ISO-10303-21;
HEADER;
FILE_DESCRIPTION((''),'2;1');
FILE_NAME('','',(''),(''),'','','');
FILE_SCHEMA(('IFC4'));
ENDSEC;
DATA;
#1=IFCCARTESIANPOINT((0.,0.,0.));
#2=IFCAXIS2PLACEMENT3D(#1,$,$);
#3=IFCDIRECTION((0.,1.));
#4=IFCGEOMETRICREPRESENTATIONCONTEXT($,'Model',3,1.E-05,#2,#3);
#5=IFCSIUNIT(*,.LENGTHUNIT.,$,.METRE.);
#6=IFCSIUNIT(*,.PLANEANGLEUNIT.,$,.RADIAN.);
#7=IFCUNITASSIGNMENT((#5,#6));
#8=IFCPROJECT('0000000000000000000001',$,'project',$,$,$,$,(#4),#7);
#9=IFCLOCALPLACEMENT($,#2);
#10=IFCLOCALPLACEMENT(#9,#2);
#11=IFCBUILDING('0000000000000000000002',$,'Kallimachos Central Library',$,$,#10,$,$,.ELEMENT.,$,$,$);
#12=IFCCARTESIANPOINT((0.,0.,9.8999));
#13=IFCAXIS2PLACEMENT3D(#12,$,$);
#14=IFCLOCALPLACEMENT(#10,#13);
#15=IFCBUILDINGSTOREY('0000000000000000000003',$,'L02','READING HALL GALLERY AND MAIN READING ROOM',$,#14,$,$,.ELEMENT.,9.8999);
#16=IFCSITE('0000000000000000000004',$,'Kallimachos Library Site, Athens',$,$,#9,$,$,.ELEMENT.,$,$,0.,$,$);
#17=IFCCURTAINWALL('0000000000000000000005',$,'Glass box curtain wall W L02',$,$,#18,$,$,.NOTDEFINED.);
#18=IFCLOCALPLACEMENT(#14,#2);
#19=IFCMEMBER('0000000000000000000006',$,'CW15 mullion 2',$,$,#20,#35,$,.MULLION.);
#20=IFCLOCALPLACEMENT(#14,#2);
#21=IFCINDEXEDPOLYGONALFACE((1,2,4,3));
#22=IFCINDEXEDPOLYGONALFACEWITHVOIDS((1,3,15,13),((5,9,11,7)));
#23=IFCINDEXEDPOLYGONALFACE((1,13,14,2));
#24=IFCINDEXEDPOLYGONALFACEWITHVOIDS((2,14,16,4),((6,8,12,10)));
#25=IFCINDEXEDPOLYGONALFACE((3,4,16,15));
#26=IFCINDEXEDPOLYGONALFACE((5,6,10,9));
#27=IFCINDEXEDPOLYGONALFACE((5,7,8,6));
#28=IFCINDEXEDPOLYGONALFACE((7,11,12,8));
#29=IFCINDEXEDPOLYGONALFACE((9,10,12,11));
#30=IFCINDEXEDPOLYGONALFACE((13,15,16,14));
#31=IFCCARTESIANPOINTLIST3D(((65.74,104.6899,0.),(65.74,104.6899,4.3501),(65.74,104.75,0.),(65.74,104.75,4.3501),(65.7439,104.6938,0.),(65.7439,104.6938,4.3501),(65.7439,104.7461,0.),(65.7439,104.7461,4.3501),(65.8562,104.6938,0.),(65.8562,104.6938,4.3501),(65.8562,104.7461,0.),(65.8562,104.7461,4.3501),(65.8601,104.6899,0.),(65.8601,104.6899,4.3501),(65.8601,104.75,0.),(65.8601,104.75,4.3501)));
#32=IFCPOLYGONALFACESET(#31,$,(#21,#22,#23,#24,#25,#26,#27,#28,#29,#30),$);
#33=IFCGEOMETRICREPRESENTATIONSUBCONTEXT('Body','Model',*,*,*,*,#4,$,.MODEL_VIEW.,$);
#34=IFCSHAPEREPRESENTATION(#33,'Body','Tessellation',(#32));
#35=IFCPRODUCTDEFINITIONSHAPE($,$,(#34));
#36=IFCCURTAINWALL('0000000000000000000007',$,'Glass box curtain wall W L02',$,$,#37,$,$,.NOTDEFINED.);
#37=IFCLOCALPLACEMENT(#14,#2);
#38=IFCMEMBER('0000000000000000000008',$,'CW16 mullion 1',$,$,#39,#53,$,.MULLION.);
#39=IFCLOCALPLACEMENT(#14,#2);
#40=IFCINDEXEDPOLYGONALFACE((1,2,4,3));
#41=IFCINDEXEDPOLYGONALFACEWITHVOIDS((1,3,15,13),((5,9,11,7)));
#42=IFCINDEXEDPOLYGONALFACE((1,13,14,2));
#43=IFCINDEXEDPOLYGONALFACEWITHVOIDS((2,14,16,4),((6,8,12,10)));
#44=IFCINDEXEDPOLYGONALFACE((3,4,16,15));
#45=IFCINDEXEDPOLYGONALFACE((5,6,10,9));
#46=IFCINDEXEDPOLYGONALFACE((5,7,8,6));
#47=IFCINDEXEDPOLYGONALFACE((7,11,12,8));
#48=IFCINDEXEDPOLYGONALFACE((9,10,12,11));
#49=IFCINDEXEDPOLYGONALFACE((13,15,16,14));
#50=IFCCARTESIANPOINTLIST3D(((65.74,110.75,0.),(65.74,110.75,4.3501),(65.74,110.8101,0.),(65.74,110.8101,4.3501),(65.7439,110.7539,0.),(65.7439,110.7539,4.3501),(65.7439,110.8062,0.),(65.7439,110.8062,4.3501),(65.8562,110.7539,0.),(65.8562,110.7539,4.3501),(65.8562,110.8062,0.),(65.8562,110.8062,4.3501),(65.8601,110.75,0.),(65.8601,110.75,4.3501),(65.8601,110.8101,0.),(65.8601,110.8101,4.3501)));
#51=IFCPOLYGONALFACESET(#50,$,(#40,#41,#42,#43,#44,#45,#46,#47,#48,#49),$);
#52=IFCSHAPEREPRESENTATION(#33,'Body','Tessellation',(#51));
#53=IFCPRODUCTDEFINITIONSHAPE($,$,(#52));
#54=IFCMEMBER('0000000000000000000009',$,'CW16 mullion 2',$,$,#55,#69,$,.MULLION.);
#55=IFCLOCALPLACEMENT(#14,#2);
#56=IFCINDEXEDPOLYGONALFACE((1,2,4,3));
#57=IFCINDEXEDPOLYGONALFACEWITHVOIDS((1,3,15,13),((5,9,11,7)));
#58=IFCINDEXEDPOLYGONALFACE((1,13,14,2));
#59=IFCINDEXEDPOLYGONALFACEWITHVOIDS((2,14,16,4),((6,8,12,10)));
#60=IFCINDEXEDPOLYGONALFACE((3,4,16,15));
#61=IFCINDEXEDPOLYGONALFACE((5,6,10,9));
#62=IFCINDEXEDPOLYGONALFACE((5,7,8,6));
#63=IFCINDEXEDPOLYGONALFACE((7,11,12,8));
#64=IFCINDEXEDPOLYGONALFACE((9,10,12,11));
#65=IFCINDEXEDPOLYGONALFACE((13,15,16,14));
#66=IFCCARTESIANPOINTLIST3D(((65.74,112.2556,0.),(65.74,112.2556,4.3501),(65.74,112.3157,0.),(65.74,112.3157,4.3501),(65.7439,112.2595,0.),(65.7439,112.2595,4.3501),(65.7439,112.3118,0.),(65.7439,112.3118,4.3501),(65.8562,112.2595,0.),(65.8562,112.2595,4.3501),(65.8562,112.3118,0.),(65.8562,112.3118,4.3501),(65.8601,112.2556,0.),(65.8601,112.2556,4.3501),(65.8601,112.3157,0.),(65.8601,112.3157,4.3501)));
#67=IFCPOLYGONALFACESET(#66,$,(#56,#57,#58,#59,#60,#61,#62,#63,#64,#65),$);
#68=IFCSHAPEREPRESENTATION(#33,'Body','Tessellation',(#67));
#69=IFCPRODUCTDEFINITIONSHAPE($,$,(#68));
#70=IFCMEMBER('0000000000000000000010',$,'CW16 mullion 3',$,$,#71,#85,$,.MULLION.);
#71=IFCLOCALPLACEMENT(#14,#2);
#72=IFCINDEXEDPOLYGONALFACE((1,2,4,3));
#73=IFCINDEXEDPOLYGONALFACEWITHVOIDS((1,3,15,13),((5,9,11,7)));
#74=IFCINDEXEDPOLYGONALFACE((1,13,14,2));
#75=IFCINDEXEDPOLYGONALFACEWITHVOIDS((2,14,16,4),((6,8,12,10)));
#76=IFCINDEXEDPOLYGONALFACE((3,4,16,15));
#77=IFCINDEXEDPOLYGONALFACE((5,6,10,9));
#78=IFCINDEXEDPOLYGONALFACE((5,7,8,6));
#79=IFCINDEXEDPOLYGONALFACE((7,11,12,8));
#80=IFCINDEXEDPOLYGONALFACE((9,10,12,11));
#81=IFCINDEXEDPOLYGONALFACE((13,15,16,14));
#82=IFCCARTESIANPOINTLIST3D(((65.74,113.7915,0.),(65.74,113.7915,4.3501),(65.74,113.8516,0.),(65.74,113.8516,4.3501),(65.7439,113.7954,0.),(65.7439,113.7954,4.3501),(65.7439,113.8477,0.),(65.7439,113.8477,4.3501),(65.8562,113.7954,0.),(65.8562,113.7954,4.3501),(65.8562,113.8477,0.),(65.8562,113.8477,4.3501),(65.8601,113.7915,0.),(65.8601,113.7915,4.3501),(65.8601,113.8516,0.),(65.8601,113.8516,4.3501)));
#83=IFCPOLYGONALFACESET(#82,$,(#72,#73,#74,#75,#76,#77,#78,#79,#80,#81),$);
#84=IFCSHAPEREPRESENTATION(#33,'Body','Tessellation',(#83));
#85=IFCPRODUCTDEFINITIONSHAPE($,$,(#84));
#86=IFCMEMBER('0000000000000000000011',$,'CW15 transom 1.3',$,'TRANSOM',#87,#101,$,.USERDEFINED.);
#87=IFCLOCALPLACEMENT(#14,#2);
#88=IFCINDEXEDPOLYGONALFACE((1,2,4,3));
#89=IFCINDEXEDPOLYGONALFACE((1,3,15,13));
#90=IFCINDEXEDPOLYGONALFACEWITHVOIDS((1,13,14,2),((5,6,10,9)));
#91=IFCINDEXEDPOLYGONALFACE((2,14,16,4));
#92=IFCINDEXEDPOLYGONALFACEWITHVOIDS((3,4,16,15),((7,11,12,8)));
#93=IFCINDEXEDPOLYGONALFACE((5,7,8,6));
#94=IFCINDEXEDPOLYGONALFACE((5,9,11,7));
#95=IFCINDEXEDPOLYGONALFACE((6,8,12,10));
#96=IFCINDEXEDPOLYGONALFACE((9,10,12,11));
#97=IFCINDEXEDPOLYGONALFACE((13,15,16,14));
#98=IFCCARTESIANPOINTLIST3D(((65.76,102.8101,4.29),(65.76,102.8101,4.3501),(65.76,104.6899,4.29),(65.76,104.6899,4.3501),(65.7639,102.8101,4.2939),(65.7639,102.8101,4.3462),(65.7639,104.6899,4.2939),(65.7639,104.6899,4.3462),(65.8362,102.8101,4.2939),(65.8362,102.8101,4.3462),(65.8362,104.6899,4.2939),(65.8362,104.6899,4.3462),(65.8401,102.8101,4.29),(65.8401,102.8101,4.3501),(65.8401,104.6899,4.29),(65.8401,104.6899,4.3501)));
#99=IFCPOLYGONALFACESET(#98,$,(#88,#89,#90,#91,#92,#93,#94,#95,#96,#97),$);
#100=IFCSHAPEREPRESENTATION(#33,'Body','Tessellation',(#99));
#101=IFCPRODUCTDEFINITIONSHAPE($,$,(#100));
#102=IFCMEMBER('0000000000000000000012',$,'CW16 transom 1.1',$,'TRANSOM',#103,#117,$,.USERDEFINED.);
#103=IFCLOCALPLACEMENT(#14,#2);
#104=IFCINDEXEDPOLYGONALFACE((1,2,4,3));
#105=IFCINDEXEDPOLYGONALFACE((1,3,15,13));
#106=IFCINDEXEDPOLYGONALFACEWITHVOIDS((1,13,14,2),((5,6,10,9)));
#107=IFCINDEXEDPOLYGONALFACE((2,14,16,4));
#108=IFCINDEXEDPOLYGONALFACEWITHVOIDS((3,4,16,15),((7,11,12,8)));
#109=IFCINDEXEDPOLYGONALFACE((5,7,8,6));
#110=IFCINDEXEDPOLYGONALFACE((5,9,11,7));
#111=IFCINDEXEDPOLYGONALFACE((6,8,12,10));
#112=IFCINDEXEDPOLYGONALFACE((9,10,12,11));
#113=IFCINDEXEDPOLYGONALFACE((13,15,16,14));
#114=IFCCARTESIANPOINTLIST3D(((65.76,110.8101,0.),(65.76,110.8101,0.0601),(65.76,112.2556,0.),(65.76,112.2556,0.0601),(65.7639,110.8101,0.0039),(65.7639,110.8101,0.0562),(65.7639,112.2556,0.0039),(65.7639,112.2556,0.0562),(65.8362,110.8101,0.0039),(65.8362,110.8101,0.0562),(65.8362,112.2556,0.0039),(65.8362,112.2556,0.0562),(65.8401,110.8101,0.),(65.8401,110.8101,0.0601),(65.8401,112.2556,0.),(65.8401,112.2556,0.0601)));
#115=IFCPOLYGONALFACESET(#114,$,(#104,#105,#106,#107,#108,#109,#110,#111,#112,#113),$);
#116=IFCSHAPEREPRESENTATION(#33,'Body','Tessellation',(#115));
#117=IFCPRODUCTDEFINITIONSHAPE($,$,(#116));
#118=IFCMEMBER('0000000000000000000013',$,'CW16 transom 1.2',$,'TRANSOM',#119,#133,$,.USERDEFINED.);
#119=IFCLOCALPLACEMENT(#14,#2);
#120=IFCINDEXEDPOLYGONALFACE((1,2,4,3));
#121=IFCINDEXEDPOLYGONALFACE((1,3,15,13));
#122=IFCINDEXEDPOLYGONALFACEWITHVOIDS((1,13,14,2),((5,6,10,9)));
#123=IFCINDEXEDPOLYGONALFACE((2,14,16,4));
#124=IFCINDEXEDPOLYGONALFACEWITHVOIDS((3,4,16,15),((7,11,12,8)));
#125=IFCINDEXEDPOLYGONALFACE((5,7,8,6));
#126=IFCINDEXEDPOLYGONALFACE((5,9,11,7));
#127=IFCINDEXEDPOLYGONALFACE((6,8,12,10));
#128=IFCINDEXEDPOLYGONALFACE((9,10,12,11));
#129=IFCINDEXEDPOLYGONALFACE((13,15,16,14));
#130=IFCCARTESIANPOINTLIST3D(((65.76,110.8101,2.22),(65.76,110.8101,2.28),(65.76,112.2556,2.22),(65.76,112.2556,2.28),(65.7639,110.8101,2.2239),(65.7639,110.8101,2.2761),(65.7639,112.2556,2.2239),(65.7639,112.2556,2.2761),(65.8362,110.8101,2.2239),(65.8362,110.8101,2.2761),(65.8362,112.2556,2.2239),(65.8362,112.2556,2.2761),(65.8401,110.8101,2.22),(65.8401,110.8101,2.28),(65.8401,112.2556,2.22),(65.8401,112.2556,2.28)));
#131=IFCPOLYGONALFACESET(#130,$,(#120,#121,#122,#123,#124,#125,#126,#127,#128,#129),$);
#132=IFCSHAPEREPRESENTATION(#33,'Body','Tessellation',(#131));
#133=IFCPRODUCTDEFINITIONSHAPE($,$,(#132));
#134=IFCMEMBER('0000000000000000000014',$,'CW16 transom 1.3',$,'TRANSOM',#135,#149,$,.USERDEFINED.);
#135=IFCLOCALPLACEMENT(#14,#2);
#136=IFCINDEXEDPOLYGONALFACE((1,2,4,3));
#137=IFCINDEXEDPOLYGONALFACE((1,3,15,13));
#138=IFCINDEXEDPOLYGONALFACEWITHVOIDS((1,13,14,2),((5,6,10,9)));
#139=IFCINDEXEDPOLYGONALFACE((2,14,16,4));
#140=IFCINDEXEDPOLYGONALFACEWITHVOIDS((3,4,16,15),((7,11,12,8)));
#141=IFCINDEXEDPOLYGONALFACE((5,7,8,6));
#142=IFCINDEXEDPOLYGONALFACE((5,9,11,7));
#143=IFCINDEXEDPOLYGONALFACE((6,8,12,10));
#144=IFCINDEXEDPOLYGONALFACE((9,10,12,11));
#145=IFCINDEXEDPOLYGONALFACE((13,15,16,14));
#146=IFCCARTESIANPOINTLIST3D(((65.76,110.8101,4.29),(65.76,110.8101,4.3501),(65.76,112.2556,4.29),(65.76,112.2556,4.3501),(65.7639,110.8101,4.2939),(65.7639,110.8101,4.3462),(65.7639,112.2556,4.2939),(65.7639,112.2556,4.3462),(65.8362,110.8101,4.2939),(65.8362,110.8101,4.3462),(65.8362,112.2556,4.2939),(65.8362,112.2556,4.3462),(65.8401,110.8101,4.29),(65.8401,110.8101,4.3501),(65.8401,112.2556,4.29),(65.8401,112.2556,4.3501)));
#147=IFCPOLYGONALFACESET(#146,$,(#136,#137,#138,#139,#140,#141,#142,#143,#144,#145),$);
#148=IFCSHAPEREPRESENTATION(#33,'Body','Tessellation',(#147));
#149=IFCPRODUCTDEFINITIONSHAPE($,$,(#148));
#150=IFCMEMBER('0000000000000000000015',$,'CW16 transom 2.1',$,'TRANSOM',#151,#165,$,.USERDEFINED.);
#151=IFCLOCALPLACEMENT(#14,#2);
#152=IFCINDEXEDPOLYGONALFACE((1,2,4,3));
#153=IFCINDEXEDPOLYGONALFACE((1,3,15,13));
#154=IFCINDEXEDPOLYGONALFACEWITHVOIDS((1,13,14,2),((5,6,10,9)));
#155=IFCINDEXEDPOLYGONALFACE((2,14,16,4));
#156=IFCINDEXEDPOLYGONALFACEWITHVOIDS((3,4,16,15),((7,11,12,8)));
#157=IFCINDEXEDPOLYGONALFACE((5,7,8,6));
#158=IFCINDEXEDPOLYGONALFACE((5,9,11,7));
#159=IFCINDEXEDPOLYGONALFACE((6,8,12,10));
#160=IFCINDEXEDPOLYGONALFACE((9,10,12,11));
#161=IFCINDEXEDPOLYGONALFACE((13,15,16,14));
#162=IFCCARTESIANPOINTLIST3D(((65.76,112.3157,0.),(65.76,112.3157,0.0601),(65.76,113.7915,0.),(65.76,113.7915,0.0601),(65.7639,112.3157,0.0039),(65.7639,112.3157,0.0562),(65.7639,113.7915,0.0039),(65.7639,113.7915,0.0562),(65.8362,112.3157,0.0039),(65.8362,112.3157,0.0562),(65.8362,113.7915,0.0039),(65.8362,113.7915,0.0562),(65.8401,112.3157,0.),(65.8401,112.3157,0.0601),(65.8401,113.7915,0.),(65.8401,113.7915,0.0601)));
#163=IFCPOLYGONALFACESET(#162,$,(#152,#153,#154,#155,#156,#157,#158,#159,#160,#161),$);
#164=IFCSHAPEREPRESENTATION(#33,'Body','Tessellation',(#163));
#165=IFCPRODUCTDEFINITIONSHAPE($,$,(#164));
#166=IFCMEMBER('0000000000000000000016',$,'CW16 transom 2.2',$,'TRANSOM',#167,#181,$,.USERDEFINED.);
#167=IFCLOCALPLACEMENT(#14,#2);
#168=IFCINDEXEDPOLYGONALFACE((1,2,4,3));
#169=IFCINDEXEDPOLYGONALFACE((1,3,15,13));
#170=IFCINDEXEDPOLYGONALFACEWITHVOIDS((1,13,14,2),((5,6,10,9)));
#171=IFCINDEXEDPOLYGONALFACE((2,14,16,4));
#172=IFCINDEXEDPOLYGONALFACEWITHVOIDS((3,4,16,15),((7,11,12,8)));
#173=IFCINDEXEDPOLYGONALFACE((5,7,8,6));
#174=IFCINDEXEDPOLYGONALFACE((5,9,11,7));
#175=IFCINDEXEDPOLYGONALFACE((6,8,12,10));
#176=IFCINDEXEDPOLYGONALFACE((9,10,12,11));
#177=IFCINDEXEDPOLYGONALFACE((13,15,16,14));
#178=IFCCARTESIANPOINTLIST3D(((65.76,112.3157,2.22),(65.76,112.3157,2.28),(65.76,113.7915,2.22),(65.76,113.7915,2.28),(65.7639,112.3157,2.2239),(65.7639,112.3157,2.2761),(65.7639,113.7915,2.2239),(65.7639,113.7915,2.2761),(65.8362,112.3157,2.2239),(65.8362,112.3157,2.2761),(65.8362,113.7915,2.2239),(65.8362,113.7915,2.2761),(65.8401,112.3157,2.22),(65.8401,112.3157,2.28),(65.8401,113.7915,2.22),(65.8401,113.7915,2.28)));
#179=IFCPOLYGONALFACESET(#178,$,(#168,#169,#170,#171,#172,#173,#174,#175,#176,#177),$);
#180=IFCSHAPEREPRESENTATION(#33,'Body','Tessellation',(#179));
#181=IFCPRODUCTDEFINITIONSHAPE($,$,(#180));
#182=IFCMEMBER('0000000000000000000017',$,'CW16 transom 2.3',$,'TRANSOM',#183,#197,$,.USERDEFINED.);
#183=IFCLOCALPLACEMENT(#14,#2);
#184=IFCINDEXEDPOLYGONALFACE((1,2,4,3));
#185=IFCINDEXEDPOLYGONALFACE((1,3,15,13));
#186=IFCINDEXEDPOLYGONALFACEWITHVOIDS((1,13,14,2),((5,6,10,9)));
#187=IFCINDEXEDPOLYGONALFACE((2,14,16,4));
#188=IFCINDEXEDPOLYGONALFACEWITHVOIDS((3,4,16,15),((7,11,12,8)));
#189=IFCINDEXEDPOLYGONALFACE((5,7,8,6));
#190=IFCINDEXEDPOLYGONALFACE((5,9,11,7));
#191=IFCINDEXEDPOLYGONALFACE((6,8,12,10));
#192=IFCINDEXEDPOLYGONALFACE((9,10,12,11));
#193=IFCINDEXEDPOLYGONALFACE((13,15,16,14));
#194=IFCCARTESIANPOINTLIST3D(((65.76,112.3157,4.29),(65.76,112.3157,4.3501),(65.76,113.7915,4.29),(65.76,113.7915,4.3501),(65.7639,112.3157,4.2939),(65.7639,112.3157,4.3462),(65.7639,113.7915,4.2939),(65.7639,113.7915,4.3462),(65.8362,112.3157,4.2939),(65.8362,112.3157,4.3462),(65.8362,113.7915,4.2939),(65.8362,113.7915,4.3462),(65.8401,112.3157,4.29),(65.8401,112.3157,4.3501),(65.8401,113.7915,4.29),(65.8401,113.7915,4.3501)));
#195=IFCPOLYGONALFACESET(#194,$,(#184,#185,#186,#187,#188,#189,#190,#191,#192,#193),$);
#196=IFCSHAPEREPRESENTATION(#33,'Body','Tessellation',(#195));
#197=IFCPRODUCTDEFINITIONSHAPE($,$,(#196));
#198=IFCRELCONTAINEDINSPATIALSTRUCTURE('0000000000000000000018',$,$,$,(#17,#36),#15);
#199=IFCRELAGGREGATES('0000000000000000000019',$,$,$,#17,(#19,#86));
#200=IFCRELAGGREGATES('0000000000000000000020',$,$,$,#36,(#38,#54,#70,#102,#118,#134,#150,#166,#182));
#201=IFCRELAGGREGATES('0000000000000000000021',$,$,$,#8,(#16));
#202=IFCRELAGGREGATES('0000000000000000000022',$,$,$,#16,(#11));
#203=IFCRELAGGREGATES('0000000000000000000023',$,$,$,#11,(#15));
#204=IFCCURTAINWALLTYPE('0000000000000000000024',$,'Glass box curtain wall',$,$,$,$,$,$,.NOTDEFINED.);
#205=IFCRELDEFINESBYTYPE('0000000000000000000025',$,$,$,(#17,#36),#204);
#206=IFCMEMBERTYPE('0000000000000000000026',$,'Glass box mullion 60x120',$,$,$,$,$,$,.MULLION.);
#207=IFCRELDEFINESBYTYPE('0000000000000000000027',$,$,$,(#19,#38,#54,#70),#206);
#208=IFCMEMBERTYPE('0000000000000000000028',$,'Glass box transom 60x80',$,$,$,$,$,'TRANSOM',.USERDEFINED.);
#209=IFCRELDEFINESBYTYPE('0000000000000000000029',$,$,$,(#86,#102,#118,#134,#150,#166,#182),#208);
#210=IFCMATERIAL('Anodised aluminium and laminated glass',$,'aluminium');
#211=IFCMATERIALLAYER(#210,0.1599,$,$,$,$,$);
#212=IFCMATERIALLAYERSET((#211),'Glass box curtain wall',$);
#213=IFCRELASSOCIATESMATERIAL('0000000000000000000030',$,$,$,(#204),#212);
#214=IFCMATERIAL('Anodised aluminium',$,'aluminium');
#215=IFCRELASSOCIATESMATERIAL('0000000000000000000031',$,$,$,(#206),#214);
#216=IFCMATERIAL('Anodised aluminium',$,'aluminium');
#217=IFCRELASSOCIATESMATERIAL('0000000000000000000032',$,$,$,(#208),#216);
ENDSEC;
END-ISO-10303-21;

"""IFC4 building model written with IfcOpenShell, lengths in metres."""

from ifc_helpers import new_model, si_unit, direction, frame, origin, origin_2d, place, context, subcontext, project, spatial, hollow_rectangle, extrude, material, layer, layer_set, material_profile, profile_set, type_object, element, aggregate, save


model = new_model("IFC4")

# Units and contexts
model_context = context("Model", 3, precision=1e-05, world=origin(), true_north=direction((0.0, 1.0)))
body_context = subcontext(model_context, "Body", "Model", "MODEL_VIEW")
ifc_project = project(units=[si_unit("LENGTHUNIT", "METRE"), si_unit("PLANEANGLEUNIT", "RADIAN")], contexts=[model_context])

# Site, building, storey
site_placement = place(None, origin())
site = spatial("IfcSite", under=ifc_project, at=site_placement, Name="Kallimachos Library Site, Athens", CompositionType="ELEMENT", RefElevation=0.0)
building_placement = place(site_placement, origin())
building = spatial("IfcBuilding", under=site, at=building_placement, Name="Kallimachos Central Library", CompositionType="ELEMENT")
storey_placement = place(building_placement, frame((0.0, 0.0, 9.8999)))
storey = spatial("IfcBuildingStorey", under=building, at=storey_placement, Name="L02", Description="READING HALL GALLERY AND MAIN READING ROOM", CompositionType="ELEMENT", Elevation=9.8999)

# Curtain wall, member
ifc_material_1 = material(Name="Anodised aluminium and laminated glass", Category="aluminium")
ifc_layer_1 = layer(ifc_material_1, 0.1599)
ifc_layer_set_1 = layer_set([ifc_layer_1], Name="Glass box curtain wall")
curtain_wall_type = type_object("IfcCurtainWallType", Name="Glass box curtain wall", PredefinedType="NOTDEFINED", material=ifc_layer_set_1)
curtain_wall_1_placement = place(storey_placement, origin())
curtain_wall_1 = element("IfcCurtainWall", 1, at=curtain_wall_1_placement, inside=storey, type_object=curtain_wall_type, Name="Glass box curtain wall W L02", PredefinedType="NOTDEFINED")
ifc_material_2 = material(Name="Anodised aluminium", Category="aluminium")
ifc_material_profile_1 = material_profile(ifc_material_2, hollow_rectangle(XDim=0.0601, YDim=0.1201, WallThickness=0.0039, at=origin_2d()), Name="ALU MULLION 60x120")
ifc_profile_set_1 = profile_set([ifc_material_profile_1], Name="Anodised aluminium")
member_type_1 = type_object("IfcMemberType", Name="Glass box mullion 60x120", PredefinedType="MULLION", material=ifc_profile_set_1)
member_1_placement = place(storey_placement, frame((65.8, 104.72, 0.0), z_axis=(0.0, 0.0, 1.0), x_axis=(0.0, 1.0, 0.0)))
member_1 = element("IfcMember", 2, at=member_1_placement, type_object=member_type_1, Name="CW15 mullion 2", PredefinedType="MULLION", context=body_context, shape_type="SweptSolid", body=[
    extrude(hollow_rectangle(XDim=0.0601, YDim=0.1201, WallThickness=0.0039, at=origin_2d()), origin(), (0.0, 0.0, 1.0), 4.3501),
])

# Curtain wall, members
curtain_wall_2_placement = place(storey_placement, origin())
curtain_wall_2 = element("IfcCurtainWall", 3, at=curtain_wall_2_placement, inside=storey, type_object=curtain_wall_type, Name="Glass box curtain wall W L02", PredefinedType="NOTDEFINED")
member_2_placement = place(storey_placement, frame((65.8, 110.78, 0.0), z_axis=(0.0, 0.0, 1.0), x_axis=(0.0, 1.0, 0.0)))
member_2 = element("IfcMember", 4, at=member_2_placement, type_object=member_type_1, Name="CW16 mullion 1", PredefinedType="MULLION", context=body_context, shape_type="SweptSolid", body=[
    extrude(hollow_rectangle(XDim=0.0601, YDim=0.1201, WallThickness=0.0039, at=origin_2d()), origin(), (0.0, 0.0, 1.0), 4.3501),
])
member_3_placement = place(storey_placement, frame((65.8, 112.2856, 0.0), z_axis=(0.0, 0.0, 1.0), x_axis=(0.0, 1.0, 0.0)))
member_3 = element("IfcMember", 5, at=member_3_placement, type_object=member_type_1, Name="CW16 mullion 2", PredefinedType="MULLION", context=body_context, shape_type="SweptSolid", body=[
    extrude(hollow_rectangle(XDim=0.0601, YDim=0.1201, WallThickness=0.0039, at=origin_2d()), origin(), (0.0, 0.0, 1.0), 4.3501),
])
member_4_placement = place(storey_placement, frame((65.8, 113.8215, 0.0), z_axis=(0.0, 0.0, 1.0), x_axis=(0.0, 1.0, 0.0)))
member_4 = element("IfcMember", 6, at=member_4_placement, type_object=member_type_1, Name="CW16 mullion 3", PredefinedType="MULLION", context=body_context, shape_type="SweptSolid", body=[
    extrude(hollow_rectangle(XDim=0.0601, YDim=0.1201, WallThickness=0.0039, at=origin_2d()), origin(), (0.0, 0.0, 1.0), 4.3501),
])

# Members
ifc_material_3 = material(Name="Anodised aluminium", Category="aluminium")
ifc_material_profile_2 = material_profile(ifc_material_3, hollow_rectangle(XDim=0.0601, YDim=0.0801, WallThickness=0.0039, at=origin_2d()), Name="ALU TRANSOM 60x80")
ifc_profile_set_2 = profile_set([ifc_material_profile_2], Name="Anodised aluminium")
member_type_2 = type_object("IfcMemberType", Name="Glass box transom 60x80", ElementType="TRANSOM", PredefinedType="USERDEFINED", material=ifc_profile_set_2)
member_5_placement = place(storey_placement, frame((65.8, 102.8101, 4.3201), z_axis=(0.0, 1.0, 0.0), x_axis=(0.0, 0.0, 1.0)))
member_5 = element("IfcMember", 7, at=member_5_placement, type_object=member_type_2, Name="CW15 transom 1.3", ObjectType="TRANSOM", PredefinedType="USERDEFINED", context=body_context, shape_type="SweptSolid", body=[
    extrude(hollow_rectangle(XDim=0.0601, YDim=0.0801, WallThickness=0.0039, at=origin_2d()), origin(), (0.0, 0.0, 1.0), 1.8799),
])
member_6_placement = place(storey_placement, frame((65.8, 110.8101, 0.03), z_axis=(0.0, 1.0, 0.0), x_axis=(0.0, 0.0, 1.0)))
member_6 = element("IfcMember", 8, at=member_6_placement, type_object=member_type_2, Name="CW16 transom 1.1", ObjectType="TRANSOM", PredefinedType="USERDEFINED", context=body_context, shape_type="SweptSolid", body=[
    extrude(hollow_rectangle(XDim=0.0601, YDim=0.0801, WallThickness=0.0039, at=origin_2d()), origin(), (0.0, 0.0, 1.0), 1.4456),
])
member_7_placement = place(storey_placement, frame((65.8, 110.8101, 2.25), z_axis=(0.0, 1.0, 0.0), x_axis=(0.0, 0.0, 1.0)))
member_7 = element("IfcMember", 9, at=member_7_placement, type_object=member_type_2, Name="CW16 transom 1.2", ObjectType="TRANSOM", PredefinedType="USERDEFINED", context=body_context, shape_type="SweptSolid", body=[
    extrude(hollow_rectangle(XDim=0.0601, YDim=0.0801, WallThickness=0.0039, at=origin_2d()), origin(), (0.0, 0.0, 1.0), 1.4456),
])
member_8_placement = place(storey_placement, frame((65.8, 110.8101, 4.3201), z_axis=(0.0, 1.0, 0.0), x_axis=(0.0, 0.0, 1.0)))
member_8 = element("IfcMember", 10, at=member_8_placement, type_object=member_type_2, Name="CW16 transom 1.3", ObjectType="TRANSOM", PredefinedType="USERDEFINED", context=body_context, shape_type="SweptSolid", body=[
    extrude(hollow_rectangle(XDim=0.0601, YDim=0.0801, WallThickness=0.0039, at=origin_2d()), origin(), (0.0, 0.0, 1.0), 1.4456),
])
member_9_placement = place(storey_placement, frame((65.8, 112.3157, 0.03), z_axis=(0.0, 1.0, 0.0), x_axis=(0.0, 0.0, 1.0)))
member_9 = element("IfcMember", 11, at=member_9_placement, type_object=member_type_2, Name="CW16 transom 2.1", ObjectType="TRANSOM", PredefinedType="USERDEFINED", context=body_context, shape_type="SweptSolid", body=[
    extrude(hollow_rectangle(XDim=0.0601, YDim=0.0801, WallThickness=0.0039, at=origin_2d()), origin(), (0.0, 0.0, 1.0), 1.4758),
])
member_10_placement = place(storey_placement, frame((65.8, 112.3157, 2.25), z_axis=(0.0, 1.0, 0.0), x_axis=(0.0, 0.0, 1.0)))
member_10 = element("IfcMember", 12, at=member_10_placement, type_object=member_type_2, Name="CW16 transom 2.2", ObjectType="TRANSOM", PredefinedType="USERDEFINED", context=body_context, shape_type="SweptSolid", body=[
    extrude(hollow_rectangle(XDim=0.0601, YDim=0.0801, WallThickness=0.0039, at=origin_2d()), origin(), (0.0, 0.0, 1.0), 1.4758),
])
member_11_placement = place(storey_placement, frame((65.8, 112.3157, 4.3201), z_axis=(0.0, 1.0, 0.0), x_axis=(0.0, 0.0, 1.0)))
member_11 = element("IfcMember", 13, at=member_11_placement, type_object=member_type_2, Name="CW16 transom 2.3", ObjectType="TRANSOM", PredefinedType="USERDEFINED", context=body_context, shape_type="SweptSolid", body=[
    extrude(hollow_rectangle(XDim=0.0601, YDim=0.0801, WallThickness=0.0039, at=origin_2d()), origin(), (0.0, 0.0, 1.0), 1.4758),
])

aggregate(curtain_wall_1, [member_1, member_5])
aggregate(curtain_wall_2, [member_2, member_3, member_4, member_6, member_7, member_8, member_9, member_10, member_11])

save(model, "model.ifc")
